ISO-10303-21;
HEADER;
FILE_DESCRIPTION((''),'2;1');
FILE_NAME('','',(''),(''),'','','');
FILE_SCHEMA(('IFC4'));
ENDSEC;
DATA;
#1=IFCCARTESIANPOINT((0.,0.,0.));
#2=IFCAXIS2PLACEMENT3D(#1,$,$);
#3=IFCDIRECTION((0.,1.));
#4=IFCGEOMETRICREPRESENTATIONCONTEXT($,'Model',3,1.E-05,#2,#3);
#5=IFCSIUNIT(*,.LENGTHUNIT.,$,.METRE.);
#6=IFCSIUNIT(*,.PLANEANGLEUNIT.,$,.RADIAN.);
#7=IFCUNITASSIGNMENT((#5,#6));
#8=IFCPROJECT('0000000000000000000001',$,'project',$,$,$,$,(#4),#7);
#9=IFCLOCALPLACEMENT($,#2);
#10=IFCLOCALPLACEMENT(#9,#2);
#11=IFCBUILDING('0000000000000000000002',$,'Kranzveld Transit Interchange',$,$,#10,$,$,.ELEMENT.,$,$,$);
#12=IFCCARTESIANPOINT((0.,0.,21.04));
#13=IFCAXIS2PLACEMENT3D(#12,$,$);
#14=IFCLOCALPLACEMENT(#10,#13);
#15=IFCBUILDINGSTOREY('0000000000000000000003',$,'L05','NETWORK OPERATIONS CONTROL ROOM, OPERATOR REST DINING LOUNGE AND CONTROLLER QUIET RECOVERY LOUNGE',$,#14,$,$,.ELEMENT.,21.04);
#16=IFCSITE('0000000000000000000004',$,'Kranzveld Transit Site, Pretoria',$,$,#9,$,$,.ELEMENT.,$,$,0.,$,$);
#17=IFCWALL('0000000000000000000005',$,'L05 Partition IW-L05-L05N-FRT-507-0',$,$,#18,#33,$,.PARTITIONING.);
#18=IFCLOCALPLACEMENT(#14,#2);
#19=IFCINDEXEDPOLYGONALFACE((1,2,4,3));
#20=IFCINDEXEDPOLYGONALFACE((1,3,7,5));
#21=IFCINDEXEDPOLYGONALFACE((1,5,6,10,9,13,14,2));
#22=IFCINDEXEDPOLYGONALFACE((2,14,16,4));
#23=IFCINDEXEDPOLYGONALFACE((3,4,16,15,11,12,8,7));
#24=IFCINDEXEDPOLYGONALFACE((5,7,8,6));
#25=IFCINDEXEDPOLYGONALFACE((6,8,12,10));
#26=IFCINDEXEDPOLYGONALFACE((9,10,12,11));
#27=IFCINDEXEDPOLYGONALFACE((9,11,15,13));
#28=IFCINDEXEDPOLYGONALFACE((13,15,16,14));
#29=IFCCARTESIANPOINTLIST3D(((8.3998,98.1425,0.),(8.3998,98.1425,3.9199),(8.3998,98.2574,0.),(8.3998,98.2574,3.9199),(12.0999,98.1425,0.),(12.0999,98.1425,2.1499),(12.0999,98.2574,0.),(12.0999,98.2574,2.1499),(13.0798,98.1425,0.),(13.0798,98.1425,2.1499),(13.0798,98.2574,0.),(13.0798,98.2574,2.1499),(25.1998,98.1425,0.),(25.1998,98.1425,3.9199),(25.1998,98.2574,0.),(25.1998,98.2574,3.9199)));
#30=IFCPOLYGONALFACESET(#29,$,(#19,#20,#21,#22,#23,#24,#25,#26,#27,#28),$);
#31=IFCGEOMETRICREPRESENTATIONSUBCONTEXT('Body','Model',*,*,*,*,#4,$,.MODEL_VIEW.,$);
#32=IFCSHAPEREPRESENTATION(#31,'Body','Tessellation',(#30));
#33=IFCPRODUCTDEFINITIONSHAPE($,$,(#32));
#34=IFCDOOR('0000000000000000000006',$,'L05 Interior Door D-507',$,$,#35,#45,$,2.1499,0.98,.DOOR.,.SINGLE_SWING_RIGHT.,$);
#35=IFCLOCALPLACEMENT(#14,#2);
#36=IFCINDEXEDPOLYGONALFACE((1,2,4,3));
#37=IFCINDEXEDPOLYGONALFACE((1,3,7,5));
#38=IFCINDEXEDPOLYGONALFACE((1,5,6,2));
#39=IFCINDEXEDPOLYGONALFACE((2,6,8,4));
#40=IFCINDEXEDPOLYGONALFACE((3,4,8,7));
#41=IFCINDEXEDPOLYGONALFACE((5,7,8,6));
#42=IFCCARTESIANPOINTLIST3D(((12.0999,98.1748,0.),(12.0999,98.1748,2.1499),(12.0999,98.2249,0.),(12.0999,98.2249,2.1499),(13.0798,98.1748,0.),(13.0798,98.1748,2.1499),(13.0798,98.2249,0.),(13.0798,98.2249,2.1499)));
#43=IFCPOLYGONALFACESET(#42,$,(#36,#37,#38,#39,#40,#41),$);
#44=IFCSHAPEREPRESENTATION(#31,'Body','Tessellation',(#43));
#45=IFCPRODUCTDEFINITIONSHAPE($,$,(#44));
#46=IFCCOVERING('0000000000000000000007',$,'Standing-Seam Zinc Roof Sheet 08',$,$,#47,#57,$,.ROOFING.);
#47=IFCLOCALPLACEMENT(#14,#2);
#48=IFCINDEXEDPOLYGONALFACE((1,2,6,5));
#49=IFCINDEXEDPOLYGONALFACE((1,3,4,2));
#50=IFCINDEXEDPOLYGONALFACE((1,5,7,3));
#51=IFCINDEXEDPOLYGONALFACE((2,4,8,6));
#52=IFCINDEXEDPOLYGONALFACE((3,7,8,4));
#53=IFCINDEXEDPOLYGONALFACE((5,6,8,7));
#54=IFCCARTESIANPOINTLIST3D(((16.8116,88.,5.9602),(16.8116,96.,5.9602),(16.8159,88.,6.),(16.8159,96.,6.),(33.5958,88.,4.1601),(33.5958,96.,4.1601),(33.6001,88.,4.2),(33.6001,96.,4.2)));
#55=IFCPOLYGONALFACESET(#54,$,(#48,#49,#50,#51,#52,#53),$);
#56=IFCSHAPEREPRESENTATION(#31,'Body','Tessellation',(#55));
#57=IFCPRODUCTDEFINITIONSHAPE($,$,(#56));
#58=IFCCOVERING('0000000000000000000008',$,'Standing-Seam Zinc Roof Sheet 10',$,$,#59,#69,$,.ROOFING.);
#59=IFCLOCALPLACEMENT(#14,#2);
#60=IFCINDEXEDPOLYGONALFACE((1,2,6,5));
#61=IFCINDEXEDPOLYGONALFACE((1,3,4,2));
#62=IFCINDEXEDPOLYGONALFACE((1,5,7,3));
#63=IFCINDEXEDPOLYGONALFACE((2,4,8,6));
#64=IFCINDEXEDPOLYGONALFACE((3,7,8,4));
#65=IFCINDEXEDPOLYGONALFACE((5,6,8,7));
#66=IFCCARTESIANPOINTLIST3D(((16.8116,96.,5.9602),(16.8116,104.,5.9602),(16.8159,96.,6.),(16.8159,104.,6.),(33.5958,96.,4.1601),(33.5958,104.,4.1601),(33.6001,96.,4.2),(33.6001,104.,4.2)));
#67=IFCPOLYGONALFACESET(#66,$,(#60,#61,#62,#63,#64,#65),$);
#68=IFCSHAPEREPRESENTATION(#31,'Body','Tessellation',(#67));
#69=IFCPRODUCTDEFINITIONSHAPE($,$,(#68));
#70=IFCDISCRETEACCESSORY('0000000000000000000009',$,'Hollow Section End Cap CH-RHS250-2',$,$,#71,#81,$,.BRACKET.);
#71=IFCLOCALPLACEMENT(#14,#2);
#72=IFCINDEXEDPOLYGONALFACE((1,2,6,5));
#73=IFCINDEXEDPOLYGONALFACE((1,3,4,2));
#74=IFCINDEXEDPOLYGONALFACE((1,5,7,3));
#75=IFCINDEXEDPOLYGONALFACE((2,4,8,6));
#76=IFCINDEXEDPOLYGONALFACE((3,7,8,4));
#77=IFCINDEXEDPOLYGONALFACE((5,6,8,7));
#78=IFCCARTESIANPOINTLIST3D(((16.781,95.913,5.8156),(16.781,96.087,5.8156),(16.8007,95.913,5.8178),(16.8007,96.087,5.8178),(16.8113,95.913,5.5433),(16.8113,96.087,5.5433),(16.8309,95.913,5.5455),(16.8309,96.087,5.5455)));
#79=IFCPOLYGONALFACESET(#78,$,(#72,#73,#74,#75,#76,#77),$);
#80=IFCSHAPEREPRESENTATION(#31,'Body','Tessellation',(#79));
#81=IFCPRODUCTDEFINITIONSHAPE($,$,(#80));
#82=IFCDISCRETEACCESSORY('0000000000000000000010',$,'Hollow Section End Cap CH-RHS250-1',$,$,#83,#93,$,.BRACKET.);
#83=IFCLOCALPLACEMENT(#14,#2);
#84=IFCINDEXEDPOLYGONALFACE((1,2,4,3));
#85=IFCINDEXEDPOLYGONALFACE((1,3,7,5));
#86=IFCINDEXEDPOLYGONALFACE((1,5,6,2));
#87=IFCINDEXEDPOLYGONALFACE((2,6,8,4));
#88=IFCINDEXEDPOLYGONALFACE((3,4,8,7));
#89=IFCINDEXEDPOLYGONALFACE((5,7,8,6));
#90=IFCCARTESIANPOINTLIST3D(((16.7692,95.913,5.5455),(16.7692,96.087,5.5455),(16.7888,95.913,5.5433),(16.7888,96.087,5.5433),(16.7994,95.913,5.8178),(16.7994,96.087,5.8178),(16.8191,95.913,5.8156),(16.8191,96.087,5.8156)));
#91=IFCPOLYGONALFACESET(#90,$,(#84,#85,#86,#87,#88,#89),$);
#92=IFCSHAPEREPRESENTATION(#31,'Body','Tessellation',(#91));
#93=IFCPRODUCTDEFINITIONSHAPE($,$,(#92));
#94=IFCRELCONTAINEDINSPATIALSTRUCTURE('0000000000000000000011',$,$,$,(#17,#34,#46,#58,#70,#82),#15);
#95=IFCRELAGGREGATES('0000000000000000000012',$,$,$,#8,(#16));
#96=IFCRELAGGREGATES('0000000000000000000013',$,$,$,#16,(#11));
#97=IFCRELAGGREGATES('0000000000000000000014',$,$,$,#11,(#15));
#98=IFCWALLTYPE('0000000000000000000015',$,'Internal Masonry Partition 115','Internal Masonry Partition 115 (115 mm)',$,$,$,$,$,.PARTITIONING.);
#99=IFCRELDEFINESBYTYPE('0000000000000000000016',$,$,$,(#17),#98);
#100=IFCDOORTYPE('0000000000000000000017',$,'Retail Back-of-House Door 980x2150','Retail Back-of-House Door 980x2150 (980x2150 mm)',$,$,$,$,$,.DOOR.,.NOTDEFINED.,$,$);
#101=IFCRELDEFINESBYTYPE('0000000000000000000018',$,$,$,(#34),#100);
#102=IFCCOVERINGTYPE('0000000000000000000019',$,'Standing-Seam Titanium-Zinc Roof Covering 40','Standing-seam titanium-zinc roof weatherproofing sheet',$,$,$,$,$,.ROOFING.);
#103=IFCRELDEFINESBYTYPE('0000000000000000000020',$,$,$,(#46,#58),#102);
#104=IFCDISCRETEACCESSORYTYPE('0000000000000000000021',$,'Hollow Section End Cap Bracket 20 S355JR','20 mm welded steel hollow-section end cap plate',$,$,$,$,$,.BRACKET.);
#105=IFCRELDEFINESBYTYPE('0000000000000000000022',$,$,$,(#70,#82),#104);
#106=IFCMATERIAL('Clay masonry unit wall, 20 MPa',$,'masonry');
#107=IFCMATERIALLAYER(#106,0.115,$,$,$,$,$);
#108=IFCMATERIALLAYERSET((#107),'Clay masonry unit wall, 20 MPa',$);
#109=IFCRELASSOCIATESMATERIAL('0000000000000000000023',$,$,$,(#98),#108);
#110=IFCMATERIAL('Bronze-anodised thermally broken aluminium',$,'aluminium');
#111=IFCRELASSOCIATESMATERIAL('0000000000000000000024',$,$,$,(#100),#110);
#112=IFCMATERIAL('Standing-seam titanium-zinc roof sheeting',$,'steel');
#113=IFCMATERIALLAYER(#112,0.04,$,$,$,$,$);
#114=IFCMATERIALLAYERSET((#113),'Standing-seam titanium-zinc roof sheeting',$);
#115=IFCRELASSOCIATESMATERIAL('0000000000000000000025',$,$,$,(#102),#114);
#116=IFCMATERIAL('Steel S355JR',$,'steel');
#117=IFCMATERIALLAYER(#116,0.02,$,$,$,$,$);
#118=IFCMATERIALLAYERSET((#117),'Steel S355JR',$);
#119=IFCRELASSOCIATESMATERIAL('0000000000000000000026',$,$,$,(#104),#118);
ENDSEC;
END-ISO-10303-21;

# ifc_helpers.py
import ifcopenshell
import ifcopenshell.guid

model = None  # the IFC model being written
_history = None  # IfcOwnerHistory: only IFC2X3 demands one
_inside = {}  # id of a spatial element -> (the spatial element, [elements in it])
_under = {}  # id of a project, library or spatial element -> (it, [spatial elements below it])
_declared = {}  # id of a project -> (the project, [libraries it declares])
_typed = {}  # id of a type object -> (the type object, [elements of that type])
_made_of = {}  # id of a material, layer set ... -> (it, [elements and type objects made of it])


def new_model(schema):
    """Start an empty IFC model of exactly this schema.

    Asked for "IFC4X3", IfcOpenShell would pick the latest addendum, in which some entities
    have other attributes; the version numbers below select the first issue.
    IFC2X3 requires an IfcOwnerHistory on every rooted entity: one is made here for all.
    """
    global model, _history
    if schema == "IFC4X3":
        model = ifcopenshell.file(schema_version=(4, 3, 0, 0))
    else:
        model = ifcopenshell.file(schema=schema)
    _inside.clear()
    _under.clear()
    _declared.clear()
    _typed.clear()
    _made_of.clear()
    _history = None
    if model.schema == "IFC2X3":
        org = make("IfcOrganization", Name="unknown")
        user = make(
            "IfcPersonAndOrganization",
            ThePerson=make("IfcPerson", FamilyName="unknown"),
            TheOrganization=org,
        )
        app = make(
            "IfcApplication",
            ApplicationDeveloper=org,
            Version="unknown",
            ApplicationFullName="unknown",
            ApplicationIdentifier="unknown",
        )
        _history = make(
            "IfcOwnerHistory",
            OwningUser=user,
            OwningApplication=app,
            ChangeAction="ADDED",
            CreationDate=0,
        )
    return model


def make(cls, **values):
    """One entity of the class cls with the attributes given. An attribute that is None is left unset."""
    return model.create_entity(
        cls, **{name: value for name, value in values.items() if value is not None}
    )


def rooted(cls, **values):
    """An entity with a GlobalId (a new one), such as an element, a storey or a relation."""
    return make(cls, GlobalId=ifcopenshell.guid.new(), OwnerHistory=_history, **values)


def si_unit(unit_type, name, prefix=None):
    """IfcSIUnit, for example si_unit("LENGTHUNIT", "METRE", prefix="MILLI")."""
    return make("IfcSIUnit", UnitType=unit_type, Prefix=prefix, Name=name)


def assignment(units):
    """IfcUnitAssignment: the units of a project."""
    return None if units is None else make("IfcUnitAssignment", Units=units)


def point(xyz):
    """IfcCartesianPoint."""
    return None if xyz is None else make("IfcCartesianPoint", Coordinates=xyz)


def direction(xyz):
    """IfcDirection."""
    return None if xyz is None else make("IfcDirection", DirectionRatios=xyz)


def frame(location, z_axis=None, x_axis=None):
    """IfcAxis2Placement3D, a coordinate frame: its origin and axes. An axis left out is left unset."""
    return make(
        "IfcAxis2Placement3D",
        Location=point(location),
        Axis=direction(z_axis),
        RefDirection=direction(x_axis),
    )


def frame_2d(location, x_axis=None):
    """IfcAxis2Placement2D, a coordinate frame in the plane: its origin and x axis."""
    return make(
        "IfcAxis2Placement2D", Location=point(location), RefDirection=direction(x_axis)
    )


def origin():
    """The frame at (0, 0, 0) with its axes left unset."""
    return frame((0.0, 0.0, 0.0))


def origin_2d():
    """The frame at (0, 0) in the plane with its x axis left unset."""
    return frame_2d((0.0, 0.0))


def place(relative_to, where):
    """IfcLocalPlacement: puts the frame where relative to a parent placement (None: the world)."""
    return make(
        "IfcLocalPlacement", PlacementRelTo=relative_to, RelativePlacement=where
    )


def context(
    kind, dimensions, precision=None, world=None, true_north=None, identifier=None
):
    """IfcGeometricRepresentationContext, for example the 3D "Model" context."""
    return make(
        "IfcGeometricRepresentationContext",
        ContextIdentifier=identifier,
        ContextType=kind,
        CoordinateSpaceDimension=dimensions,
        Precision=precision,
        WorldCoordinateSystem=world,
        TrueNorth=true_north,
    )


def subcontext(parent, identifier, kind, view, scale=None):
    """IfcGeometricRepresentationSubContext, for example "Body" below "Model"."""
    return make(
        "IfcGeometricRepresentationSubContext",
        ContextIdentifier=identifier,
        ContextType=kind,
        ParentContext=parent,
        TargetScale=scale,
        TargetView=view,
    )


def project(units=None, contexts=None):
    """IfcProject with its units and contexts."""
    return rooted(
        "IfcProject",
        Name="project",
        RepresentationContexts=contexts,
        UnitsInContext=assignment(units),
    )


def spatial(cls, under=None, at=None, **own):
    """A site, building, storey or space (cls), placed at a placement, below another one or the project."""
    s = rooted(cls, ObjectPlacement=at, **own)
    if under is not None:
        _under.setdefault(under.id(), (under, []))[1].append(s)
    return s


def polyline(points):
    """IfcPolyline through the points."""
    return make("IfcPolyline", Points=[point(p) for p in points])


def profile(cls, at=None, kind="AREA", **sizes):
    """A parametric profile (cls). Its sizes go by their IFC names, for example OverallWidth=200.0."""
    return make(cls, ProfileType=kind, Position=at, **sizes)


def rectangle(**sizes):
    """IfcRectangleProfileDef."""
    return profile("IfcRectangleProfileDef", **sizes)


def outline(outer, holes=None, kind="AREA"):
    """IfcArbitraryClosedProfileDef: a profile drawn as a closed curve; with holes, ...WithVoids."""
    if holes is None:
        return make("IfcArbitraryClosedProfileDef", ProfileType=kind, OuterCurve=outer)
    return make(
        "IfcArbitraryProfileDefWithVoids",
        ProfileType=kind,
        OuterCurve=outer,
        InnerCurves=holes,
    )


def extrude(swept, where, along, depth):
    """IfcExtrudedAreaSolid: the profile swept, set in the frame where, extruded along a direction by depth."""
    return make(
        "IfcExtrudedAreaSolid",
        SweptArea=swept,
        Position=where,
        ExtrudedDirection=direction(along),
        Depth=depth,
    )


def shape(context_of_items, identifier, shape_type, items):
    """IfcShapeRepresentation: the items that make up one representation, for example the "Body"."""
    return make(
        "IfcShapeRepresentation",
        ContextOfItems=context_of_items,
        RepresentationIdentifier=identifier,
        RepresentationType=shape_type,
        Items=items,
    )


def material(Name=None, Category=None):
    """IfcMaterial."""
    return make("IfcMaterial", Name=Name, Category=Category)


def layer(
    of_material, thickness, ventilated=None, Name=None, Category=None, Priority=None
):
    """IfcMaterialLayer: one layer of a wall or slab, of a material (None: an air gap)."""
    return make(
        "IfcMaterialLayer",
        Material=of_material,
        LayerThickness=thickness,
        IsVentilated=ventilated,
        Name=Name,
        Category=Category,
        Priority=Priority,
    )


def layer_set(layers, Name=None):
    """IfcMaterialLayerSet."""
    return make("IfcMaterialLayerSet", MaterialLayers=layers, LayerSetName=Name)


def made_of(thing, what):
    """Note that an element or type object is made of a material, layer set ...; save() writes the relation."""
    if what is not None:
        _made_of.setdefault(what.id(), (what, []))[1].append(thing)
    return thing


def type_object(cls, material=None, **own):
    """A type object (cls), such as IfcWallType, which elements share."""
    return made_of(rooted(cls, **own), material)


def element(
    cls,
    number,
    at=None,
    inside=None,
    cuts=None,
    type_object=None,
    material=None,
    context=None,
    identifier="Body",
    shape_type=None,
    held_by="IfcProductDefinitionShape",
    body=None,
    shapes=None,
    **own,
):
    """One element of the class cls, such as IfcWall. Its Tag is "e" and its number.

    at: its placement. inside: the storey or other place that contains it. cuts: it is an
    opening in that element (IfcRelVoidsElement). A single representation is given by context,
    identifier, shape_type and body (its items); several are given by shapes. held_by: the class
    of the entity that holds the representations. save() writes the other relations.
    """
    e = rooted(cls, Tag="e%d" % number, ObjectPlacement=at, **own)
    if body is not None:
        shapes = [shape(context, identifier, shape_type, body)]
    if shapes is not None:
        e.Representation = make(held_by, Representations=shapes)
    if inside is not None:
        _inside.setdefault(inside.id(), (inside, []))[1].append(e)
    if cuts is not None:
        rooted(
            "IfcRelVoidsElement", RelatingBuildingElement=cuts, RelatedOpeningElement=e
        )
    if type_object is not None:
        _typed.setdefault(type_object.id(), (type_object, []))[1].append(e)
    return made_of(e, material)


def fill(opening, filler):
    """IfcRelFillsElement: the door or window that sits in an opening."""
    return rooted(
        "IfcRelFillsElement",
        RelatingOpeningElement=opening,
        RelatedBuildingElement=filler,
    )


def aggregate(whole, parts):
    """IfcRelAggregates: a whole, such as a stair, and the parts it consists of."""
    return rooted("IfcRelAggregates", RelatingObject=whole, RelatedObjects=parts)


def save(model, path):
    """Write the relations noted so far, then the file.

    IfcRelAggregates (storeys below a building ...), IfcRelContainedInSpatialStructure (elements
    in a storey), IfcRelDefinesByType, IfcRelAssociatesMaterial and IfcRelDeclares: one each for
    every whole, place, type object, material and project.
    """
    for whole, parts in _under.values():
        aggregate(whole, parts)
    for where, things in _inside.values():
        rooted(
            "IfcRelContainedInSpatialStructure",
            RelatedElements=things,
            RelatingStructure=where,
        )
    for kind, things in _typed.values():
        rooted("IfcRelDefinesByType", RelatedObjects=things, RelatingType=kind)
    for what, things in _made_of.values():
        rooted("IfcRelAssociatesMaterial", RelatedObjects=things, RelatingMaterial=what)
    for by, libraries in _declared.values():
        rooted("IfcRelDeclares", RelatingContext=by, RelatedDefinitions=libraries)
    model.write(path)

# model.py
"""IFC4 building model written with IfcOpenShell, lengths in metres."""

from ifc_helpers import new_model, si_unit, direction, frame, frame_2d, origin, origin_2d, place, context, subcontext, project, spatial, polyline, rectangle, outline, extrude, material, layer, layer_set, type_object, element, fill, save


model = new_model("IFC4")

# Units and contexts
model_context = context("Model", 3, precision=1e-05, world=origin(), true_north=direction((0.0, 1.0)))
body_context = subcontext(model_context, "Body", "Model", "MODEL_VIEW")
ifc_project = project(units=[si_unit("LENGTHUNIT", "METRE"), si_unit("PLANEANGLEUNIT", "RADIAN")], contexts=[model_context])

# Site, building, storey
site_placement = place(None, origin())
site = spatial("IfcSite", under=ifc_project, at=site_placement, Name="Kranzveld Transit Site, Pretoria", CompositionType="ELEMENT", RefElevation=0.0)
building_placement = place(site_placement, origin())
building = spatial("IfcBuilding", under=site, at=building_placement, Name="Kranzveld Transit Interchange", CompositionType="ELEMENT")
storey_placement = place(building_placement, frame((0.0, 0.0, 21.04)))
storey = spatial("IfcBuildingStorey", under=building, at=storey_placement, Name="L05", Description="NETWORK OPERATIONS CONTROL ROOM, OPERATOR REST DINING LOUNGE AND CONTROLLER QUIET RECOVERY LOUNGE", CompositionType="ELEMENT", Elevation=21.04)

# Wall, opening, door
ifc_material_1 = material(Name="Clay masonry unit wall, 20 MPa", Category="masonry")
ifc_layer_1 = layer(ifc_material_1, 0.115)
ifc_layer_set_1 = layer_set([ifc_layer_1], Name="Clay masonry unit wall, 20 MPa")
wall_type_1 = type_object("IfcWallType", Name="Internal Masonry Partition 115", Description="Internal Masonry Partition 115 (115 mm)", PredefinedType="PARTITIONING", material=ifc_layer_set_1)
wall_1_placement = place(storey_placement, frame((8.3999, 98.2, 0.0), z_axis=(0.0, 0.0, 1.0), x_axis=(1.0, 0.0, 0.0)))
wall_1 = element("IfcWall", 1, at=wall_1_placement, inside=storey, type_object=wall_type_1, Name="L05 Partition IW-L05-L05N-FRT-507-0", PredefinedType="PARTITIONING", context=body_context, shape_type="SweptSolid", body=[
    extrude(rectangle(XDim=16.8, YDim=0.115, at=frame_2d((8.3999, 0.0))), origin(), (0.0, 0.0, 1.0), 3.9199),
])
opening_1_placement = place(wall_1_placement, frame((3.7, 0.0, 0.0), z_axis=(0.0, 0.0, 1.0), x_axis=(1.0, 0.0, 0.0)))
opening_1 = element("IfcOpeningElement", 2, at=opening_1_placement, cuts=wall_1, PredefinedType="OPENING", context=body_context, shape_type="SweptSolid", body=[
    extrude(rectangle(XDim=0.98, YDim=2.1499, at=frame_2d((0.49, 1.075))), frame((0.0, 0.0674, 0.0), z_axis=(0.0, -1.0, 0.0), x_axis=(1.0, 0.0, 0.0)), (0.0, 0.0, 1.0), 0.135),
])
ifc_material_2 = material(Name="Bronze-anodised thermally broken aluminium", Category="aluminium")
door_type_1 = type_object("IfcDoorType", Name="Retail Back-of-House Door 980x2150", Description="Retail Back-of-House Door 980x2150 (980x2150 mm)", OperationType="NOTDEFINED", PredefinedType="DOOR", material=ifc_material_2)
door_1_placement = place(opening_1_placement, origin())
door_1 = element("IfcDoor", 3, at=door_1_placement, inside=storey, type_object=door_type_1, Name="L05 Interior Door D-507", OperationType="SINGLE_SWING_RIGHT", OverallHeight=2.1499, OverallWidth=0.98, PredefinedType="DOOR", context=body_context, shape_type="SweptSolid", body=[
    extrude(rectangle(XDim=0.98, YDim=2.1499, at=frame_2d((0.49, 1.075))), frame((0.0, 0.0249, 0.0), z_axis=(0.0, -1.0, 0.0), x_axis=(1.0, 0.0, 0.0)), (0.0, 0.0, 1.0), 0.05),
])
fill(opening_1, door_1)

# Coverings
ifc_material_3 = material(Name="Standing-seam titanium-zinc roof sheeting", Category="steel")
ifc_layer_2 = layer(ifc_material_3, 0.04)
ifc_layer_set_2 = layer_set([ifc_layer_2], Name="Standing-seam titanium-zinc roof sheeting")
covering_type = type_object("IfcCoveringType", Name="Standing-Seam Titanium-Zinc Roof Covering 40", Description="Standing-seam titanium-zinc roof weatherproofing sheet", PredefinedType="ROOFING", material=ifc_layer_set_2)
for number, where, z_axis, x_axis, name in (
    (4, (16.8159, 88.0, 6.0), (0.106635, 0.0, 0.994298), (0.994298, 0.0, -0.106635), "Standing-Seam Zinc Roof Sheet 08"),
    (5, (16.8159, 96.0, 6.0), (0.106635, 0.0, 0.994298), (0.994298, 0.0, -0.106635), "Standing-Seam Zinc Roof Sheet 10"),
):
    element("IfcCovering", number, at=place(storey_placement, frame(where, z_axis=z_axis, x_axis=x_axis)), inside=storey, type_object=covering_type, Name=name, PredefinedType="ROOFING", context=body_context, shape_type="SweptSolid", body=[
        extrude(outline(polyline([(0.0, 0.0), (16.8804, 0.0), (16.8804, 8.0), (0.0, 8.0), (0.0, 0.0)])), origin(), (0.0, 0.0, -1.0), 0.04),
    ])

# Discrete accessories
ifc_material_4 = material(Name="Steel S355JR", Category="steel")
ifc_layer_3 = layer(ifc_material_4, 0.02)
ifc_layer_set_3 = layer_set([ifc_layer_3], Name="Steel S355JR")
discrete_accessory_type = type_object("IfcDiscreteAccessoryType", Name="Hollow Section End Cap Bracket 20 S355JR", Description="20 mm welded steel hollow-section end cap plate", PredefinedType="BRACKET", material=ifc_layer_set_3)
for number, where, z_axis, x_axis, name in (
    (6, (16.7961, 96.0, 5.6794), (0.993884, 0.0, 0.110432), (0.0, 1.0, 0.0), "Hollow Section End Cap CH-RHS250-2"),
    (7, (16.804, 96.0, 5.6794), (-0.993884, 0.0, 0.110432), (0.0, -1.0, 0.0), "Hollow Section End Cap CH-RHS250-1"),
):
    element("IfcDiscreteAccessory", number, at=place(storey_placement, frame(where, z_axis=z_axis, x_axis=x_axis)), inside=storey, type_object=discrete_accessory_type, Name=name, PredefinedType="BRACKET", context=body_context, shape_type="SweptSolid", body=[
        extrude(rectangle(XDim=0.1741, YDim=0.2739, at=origin_2d()), origin(), (0.0, 0.0, 1.0), 0.0198),
    ])

save(model, "model.ifc")
